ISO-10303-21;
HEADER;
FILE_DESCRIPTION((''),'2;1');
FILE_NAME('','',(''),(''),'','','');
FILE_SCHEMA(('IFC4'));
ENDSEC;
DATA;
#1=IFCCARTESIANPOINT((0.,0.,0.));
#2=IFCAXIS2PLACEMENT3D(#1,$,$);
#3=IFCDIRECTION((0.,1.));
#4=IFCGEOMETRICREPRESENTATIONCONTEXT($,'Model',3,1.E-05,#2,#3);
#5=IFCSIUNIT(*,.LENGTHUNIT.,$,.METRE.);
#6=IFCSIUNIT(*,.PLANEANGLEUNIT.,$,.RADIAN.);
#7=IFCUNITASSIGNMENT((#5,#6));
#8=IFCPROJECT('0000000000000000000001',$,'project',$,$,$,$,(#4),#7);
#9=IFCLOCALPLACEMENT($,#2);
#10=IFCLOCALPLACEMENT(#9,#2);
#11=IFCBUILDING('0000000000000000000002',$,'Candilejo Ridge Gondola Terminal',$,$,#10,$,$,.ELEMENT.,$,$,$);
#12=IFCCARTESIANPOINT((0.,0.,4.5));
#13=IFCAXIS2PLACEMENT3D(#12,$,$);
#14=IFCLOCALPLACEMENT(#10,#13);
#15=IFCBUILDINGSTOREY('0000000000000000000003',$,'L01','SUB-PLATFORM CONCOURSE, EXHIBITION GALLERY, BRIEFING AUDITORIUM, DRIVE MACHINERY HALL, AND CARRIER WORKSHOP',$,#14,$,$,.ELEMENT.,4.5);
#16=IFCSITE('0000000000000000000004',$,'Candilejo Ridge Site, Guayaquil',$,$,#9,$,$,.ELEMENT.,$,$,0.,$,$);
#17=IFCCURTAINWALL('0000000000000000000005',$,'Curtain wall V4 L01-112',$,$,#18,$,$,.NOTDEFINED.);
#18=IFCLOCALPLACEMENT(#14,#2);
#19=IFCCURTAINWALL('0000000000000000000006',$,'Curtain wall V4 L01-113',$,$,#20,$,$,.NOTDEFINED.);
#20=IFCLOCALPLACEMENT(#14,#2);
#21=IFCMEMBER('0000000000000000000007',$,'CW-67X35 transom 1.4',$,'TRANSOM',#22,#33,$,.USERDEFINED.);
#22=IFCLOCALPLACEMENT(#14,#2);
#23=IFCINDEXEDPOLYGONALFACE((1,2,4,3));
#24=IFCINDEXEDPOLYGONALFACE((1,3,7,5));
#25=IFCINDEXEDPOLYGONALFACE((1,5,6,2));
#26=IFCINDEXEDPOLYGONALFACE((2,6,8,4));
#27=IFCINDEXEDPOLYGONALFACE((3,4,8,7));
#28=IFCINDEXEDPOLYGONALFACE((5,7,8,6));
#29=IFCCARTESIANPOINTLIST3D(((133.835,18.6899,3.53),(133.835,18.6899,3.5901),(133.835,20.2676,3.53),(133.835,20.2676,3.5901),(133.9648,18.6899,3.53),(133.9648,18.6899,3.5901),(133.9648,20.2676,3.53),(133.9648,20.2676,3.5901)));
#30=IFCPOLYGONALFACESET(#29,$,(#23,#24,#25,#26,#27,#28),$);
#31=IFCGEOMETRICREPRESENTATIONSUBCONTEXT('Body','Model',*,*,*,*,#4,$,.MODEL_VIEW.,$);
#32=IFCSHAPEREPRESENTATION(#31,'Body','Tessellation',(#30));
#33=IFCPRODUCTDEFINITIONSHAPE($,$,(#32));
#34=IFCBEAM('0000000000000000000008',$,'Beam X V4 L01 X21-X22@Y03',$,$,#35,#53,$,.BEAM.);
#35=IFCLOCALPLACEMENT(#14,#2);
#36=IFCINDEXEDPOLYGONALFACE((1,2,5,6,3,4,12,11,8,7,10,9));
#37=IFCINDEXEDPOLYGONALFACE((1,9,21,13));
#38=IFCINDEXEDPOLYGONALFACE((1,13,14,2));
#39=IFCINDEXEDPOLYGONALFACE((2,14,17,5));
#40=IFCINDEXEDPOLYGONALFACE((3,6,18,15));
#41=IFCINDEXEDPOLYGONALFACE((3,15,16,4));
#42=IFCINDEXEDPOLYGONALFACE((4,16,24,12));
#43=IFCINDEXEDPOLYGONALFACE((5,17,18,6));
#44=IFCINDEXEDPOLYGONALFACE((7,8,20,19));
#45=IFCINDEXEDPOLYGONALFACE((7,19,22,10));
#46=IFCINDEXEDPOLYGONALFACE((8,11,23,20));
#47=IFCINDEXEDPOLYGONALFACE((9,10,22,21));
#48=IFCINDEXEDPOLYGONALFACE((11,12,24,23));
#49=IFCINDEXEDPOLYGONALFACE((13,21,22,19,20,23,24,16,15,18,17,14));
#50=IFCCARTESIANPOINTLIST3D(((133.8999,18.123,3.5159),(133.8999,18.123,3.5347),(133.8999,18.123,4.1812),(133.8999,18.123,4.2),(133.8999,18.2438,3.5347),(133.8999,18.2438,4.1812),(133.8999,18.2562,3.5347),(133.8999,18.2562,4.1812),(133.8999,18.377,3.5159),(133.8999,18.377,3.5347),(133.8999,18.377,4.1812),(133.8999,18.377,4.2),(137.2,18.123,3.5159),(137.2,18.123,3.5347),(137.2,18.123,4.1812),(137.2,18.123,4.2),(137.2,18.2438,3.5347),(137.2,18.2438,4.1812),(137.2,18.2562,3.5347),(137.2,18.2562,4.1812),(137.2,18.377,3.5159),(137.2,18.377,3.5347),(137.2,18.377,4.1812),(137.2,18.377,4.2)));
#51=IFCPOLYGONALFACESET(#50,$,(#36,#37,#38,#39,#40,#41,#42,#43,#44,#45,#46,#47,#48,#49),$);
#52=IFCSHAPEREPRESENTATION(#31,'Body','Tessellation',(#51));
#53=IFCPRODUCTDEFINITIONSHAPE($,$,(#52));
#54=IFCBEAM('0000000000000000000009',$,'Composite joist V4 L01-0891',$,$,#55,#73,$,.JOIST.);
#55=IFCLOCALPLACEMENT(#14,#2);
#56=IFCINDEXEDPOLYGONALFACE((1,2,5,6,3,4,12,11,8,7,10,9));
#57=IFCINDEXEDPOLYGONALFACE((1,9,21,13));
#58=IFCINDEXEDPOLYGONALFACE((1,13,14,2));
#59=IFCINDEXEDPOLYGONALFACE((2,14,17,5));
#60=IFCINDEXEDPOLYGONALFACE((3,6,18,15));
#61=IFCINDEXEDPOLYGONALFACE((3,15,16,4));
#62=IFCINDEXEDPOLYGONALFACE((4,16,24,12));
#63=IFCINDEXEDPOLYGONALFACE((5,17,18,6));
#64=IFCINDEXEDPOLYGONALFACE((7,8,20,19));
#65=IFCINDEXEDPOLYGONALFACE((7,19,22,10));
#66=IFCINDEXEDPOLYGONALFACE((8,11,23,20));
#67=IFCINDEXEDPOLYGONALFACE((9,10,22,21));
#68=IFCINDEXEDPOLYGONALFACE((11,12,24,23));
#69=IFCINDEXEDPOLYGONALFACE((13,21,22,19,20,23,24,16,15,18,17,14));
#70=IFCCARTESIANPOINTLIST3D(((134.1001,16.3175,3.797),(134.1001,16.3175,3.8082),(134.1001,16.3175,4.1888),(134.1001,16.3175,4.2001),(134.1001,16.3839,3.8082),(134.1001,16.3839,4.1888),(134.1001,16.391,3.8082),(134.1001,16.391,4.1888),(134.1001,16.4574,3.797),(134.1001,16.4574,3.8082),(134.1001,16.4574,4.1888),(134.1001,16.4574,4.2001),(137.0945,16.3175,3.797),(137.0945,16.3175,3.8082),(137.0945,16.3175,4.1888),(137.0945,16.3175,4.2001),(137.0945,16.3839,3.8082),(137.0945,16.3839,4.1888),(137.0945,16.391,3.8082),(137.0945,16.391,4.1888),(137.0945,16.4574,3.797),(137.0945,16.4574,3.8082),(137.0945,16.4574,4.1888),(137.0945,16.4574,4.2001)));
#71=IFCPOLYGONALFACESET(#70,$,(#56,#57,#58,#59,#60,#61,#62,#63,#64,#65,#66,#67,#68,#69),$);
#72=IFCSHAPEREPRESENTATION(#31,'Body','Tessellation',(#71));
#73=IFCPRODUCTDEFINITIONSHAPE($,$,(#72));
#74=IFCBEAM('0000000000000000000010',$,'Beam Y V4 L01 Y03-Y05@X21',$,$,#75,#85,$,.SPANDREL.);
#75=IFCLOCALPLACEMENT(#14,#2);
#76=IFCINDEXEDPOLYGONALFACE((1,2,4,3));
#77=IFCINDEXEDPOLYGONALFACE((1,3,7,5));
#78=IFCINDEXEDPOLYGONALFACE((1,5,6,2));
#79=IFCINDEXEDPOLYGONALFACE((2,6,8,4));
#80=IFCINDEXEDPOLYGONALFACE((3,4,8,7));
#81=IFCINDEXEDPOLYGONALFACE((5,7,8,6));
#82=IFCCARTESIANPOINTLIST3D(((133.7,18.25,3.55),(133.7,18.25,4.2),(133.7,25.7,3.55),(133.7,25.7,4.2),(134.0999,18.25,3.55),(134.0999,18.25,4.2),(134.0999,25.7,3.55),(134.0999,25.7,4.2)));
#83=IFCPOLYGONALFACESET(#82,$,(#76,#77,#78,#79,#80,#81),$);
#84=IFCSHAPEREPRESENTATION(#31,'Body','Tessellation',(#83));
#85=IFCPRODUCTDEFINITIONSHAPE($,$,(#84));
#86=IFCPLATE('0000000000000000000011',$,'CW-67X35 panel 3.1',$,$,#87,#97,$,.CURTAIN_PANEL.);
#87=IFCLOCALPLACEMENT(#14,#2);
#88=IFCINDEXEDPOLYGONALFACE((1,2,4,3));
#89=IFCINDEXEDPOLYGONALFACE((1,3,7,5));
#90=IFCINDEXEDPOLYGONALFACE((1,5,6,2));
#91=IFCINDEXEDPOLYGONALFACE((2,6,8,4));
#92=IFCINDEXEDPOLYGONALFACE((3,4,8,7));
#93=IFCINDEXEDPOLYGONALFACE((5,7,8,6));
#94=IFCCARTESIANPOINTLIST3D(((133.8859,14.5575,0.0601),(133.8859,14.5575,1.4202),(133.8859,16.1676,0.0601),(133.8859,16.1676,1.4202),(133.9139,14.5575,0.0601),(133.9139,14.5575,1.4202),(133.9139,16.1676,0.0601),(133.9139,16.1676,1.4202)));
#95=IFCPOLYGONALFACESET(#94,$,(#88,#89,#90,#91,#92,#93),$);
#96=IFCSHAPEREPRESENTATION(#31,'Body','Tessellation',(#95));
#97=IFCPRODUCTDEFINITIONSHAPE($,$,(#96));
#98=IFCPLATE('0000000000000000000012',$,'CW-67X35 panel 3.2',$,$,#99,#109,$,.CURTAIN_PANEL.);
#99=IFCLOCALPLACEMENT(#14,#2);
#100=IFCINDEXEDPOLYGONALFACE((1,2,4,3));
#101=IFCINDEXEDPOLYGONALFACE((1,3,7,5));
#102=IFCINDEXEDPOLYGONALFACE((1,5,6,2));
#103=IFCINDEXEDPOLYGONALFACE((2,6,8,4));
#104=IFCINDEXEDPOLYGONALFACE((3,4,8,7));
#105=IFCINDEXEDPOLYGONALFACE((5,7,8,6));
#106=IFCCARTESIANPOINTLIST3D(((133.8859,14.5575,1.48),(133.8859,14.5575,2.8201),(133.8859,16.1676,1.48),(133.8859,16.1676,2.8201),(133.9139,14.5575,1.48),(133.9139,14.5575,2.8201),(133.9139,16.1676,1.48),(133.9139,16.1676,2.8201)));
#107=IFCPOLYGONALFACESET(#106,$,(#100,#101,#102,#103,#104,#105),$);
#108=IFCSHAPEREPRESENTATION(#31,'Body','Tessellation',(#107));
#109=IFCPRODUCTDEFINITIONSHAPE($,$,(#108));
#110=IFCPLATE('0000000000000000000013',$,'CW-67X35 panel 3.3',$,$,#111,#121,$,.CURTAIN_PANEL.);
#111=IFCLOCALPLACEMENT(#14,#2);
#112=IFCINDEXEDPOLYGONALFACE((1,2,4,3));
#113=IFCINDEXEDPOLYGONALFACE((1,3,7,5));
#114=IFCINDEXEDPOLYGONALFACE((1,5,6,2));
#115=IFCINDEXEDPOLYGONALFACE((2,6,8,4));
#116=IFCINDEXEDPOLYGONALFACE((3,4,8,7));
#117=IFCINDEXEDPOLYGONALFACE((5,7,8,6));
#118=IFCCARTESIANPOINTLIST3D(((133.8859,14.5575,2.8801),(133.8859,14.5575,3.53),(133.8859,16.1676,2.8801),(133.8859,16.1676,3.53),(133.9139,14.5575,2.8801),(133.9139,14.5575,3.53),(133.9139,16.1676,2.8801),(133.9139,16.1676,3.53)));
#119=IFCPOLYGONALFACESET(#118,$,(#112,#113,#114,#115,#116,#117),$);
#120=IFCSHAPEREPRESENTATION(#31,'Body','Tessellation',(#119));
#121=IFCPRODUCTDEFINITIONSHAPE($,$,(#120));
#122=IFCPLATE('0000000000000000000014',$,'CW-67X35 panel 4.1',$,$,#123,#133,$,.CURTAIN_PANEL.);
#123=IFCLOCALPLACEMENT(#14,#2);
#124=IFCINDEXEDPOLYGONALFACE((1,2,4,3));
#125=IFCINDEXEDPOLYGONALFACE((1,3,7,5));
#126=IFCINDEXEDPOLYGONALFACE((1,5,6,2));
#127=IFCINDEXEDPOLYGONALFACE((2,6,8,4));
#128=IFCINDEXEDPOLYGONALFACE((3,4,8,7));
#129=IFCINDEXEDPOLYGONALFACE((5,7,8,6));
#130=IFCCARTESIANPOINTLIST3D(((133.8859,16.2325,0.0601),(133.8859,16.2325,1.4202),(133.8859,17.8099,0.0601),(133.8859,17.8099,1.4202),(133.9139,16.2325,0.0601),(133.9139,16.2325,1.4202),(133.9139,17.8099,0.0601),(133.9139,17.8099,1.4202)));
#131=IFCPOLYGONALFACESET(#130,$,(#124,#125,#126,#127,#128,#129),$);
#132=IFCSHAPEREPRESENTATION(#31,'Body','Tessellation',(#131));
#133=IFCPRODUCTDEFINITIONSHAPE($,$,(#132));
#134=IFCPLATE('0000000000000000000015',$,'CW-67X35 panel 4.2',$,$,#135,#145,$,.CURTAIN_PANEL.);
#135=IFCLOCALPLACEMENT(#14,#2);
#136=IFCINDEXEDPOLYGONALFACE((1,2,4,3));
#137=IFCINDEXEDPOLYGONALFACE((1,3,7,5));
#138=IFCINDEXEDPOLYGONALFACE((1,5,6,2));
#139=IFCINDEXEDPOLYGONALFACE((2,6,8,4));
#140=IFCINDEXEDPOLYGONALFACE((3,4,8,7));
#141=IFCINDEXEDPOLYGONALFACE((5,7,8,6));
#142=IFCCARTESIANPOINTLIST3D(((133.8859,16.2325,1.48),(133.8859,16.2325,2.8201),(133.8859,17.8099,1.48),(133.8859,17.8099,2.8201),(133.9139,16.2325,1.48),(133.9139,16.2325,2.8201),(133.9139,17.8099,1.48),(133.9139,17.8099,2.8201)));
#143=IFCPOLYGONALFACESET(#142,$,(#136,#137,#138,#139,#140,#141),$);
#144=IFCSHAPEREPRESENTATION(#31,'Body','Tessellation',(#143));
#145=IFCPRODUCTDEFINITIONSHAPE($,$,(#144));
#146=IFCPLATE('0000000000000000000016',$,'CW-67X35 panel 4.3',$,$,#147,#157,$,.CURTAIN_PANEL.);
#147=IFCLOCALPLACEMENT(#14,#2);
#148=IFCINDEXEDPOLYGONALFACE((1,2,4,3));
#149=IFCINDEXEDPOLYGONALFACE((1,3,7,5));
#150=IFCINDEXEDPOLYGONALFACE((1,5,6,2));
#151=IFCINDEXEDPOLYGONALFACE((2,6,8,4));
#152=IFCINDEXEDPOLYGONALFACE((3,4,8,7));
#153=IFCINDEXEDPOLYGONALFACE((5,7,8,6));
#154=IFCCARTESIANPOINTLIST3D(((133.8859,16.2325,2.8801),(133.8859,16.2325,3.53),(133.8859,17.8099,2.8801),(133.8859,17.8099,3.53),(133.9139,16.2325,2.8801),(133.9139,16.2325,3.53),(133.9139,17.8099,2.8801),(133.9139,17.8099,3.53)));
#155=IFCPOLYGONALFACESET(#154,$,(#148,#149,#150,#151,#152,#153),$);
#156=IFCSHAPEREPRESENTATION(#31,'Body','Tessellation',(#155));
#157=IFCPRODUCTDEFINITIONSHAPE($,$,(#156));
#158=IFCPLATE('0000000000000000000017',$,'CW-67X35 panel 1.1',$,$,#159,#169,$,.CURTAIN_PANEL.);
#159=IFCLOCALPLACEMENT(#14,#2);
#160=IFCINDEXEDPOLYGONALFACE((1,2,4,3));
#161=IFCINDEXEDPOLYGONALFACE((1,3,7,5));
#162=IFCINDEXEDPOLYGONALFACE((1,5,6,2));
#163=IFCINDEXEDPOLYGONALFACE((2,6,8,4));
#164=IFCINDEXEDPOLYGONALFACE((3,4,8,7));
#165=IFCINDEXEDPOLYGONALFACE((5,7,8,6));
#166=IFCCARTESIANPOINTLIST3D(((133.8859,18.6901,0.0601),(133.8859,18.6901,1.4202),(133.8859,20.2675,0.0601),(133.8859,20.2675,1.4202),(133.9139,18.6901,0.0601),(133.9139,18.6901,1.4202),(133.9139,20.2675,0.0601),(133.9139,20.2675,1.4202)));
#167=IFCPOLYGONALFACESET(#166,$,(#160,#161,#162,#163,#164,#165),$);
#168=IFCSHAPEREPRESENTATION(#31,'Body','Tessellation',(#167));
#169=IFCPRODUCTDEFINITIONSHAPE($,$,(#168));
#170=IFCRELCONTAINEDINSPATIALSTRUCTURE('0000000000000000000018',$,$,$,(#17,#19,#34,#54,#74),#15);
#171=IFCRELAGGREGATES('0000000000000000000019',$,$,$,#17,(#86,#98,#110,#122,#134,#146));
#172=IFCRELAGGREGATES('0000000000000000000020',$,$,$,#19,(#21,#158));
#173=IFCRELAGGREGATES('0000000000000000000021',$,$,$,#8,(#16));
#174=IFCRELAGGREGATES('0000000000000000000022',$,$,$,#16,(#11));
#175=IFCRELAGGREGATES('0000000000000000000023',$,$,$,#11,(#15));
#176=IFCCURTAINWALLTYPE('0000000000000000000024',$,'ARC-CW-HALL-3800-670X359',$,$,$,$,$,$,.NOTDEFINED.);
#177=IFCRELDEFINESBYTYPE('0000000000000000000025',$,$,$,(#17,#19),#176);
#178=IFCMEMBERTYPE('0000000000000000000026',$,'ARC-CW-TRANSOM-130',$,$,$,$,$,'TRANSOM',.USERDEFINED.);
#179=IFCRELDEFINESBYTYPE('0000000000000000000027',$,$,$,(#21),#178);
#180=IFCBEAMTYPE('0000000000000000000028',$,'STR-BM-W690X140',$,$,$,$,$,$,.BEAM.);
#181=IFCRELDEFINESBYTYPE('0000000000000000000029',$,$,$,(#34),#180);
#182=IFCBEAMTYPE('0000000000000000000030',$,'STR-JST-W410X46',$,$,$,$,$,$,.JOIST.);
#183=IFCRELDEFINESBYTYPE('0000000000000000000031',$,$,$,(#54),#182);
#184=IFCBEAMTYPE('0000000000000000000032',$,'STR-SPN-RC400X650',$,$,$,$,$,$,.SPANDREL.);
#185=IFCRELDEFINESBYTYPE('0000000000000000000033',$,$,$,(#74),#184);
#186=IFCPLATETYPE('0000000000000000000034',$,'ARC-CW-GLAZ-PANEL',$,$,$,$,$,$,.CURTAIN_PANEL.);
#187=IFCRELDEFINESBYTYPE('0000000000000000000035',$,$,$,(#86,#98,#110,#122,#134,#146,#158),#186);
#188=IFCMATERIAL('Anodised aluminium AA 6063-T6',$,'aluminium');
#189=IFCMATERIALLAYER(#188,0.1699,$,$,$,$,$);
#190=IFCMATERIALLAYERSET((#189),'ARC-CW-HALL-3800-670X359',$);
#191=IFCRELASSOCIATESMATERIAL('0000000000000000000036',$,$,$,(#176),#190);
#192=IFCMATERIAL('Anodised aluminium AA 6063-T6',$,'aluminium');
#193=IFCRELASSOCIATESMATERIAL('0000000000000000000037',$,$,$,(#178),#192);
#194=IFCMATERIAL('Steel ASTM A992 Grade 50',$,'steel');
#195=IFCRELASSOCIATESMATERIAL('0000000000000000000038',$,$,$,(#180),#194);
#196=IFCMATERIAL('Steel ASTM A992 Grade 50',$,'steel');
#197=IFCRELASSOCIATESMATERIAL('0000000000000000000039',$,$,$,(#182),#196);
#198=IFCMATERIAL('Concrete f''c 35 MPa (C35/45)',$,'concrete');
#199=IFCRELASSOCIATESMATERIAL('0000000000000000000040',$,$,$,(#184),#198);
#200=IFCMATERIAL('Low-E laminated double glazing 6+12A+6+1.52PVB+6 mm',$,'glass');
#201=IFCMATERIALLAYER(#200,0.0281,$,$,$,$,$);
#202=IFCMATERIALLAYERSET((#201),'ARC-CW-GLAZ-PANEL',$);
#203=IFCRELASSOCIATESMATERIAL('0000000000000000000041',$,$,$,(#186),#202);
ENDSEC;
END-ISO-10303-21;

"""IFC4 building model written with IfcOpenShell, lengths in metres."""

from ifc_helpers import new_model, si_unit, direction, frame, origin, origin_2d, place, context, subcontext, project, spatial, rectangle, i_section, extrude, material, layer, layer_set, material_profile, profile_set, type_object, element, aggregate, save


model = new_model("IFC4")

# Units and contexts
model_context = context("Model", 3, precision=1e-05, world=origin(), true_north=direction((0.0, 1.0)))
body_context = subcontext(model_context, "Body", "Model", "MODEL_VIEW")
ifc_project = project(units=[si_unit("LENGTHUNIT", "METRE"), si_unit("PLANEANGLEUNIT", "RADIAN")], contexts=[model_context])

# Site, building, storey
site_placement = place(None, origin())
site = spatial("IfcSite", under=ifc_project, at=site_placement, Name="Candilejo Ridge Site, Guayaquil", CompositionType="ELEMENT", RefElevation=0.0)
building_placement = place(site_placement, origin())
building = spatial("IfcBuilding", under=site, at=building_placement, Name="Candilejo Ridge Gondola Terminal", CompositionType="ELEMENT")
storey_placement = place(building_placement, frame((0.0, 0.0, 4.5)))
storey = spatial("IfcBuildingStorey", under=building, at=storey_placement, Name="L01", Description="SUB-PLATFORM CONCOURSE, EXHIBITION GALLERY, BRIEFING AUDITORIUM, DRIVE MACHINERY HALL, AND CARRIER WORKSHOP", CompositionType="ELEMENT", Elevation=4.5)

# Curtain wall
ifc_material_1 = material(Name="Anodised aluminium AA 6063-T6", Category="aluminium")
ifc_layer_1 = layer(ifc_material_1, 0.1699)
ifc_layer_set_1 = layer_set([ifc_layer_1], Name="ARC-CW-HALL-3800-670X359")
curtain_wall_type = type_object("IfcCurtainWallType", Name="ARC-CW-HALL-3800-670X359", PredefinedType="NOTDEFINED", material=ifc_layer_set_1)
curtain_wall_1_placement = place(storey_placement, origin())
curtain_wall_1 = element("IfcCurtainWall", 1, at=curtain_wall_1_placement, inside=storey, type_object=curtain_wall_type, Name="Curtain wall V4 L01-112", PredefinedType="NOTDEFINED")

# Curtain wall
curtain_wall_2_placement = place(storey_placement, origin())
curtain_wall_2 = element("IfcCurtainWall", 2, at=curtain_wall_2_placement, inside=storey, type_object=curtain_wall_type, Name="Curtain wall V4 L01-113", PredefinedType="NOTDEFINED")

# Member
ifc_material_2 = material(Name="Anodised aluminium AA 6063-T6", Category="aluminium")
ifc_material_profile_1 = material_profile(ifc_material_2, rectangle(XDim=0.1299, YDim=0.0601, at=origin_2d()))
ifc_profile_set_1 = profile_set([ifc_material_profile_1], Name="Anodised aluminium AA 6063-T6")
member_type_1 = type_object("IfcMemberType", Name="ARC-CW-TRANSOM-130", ElementType="TRANSOM", PredefinedType="USERDEFINED", material=ifc_profile_set_1)
member_1_placement = place(storey_placement, frame((133.8999, 18.6899, 3.5601), z_axis=(0.0, 1.0, 0.0), x_axis=(-1.0, 0.0, 0.0)))
member_1 = element("IfcMember", 3, at=member_1_placement, type_object=member_type_1, Name="CW-67X35 transom 1.4", ObjectType="TRANSOM", PredefinedType="USERDEFINED", context=body_context, shape_type="SweptSolid", body=[
    extrude(rectangle(XDim=0.1299, YDim=0.0601, at=origin_2d()), origin(), (0.0, 0.0, 1.0), 1.5776),
])

# Beams
ifc_material_3 = material(Name="Steel ASTM A992 Grade 50", Category="steel")
ifc_material_profile_2 = material_profile(ifc_material_3, i_section(OverallWidth=0.2539, OverallDepth=0.6841, WebThickness=0.0125, FlangeThickness=0.0188, at=origin_2d()))
ifc_profile_set_2 = profile_set([ifc_material_profile_2], Name="Steel ASTM A992 Grade 50")
beam_type_1 = type_object("IfcBeamType", Name="STR-BM-W690X140", PredefinedType="BEAM", material=ifc_profile_set_2)
beam_1_placement = place(storey_placement, frame((133.8999, 18.25, 3.8579), z_axis=(1.0, 0.0, 0.0), x_axis=(0.0, 1.0, 0.0)))
element("IfcBeam", 4, at=beam_1_placement, inside=storey, type_object=beam_type_1, Name="Beam X V4 L01 X21-X22@Y03", PredefinedType="BEAM", context=body_context, shape_type="SweptSolid", body=[
    extrude(i_section(OverallWidth=0.2539, OverallDepth=0.6841, WebThickness=0.0125, FlangeThickness=0.0188, at=origin_2d()), origin(), (0.0, 0.0, 1.0), 3.3),
])
ifc_material_4 = material(Name="Steel ASTM A992 Grade 50", Category="steel")
ifc_material_profile_3 = material_profile(ifc_material_4, i_section(OverallWidth=0.1399, OverallDepth=0.4031, WebThickness=0.0071, FlangeThickness=0.0112, at=origin_2d()))
ifc_profile_set_3 = profile_set([ifc_material_profile_3], Name="Steel ASTM A992 Grade 50")
beam_type_2 = type_object("IfcBeamType", Name="STR-JST-W410X46", PredefinedType="JOIST", material=ifc_profile_set_3)
beam_2_placement = place(storey_placement, frame((134.1001, 16.3875, 3.9985), z_axis=(1.0, 0.0, 0.0), x_axis=(0.0, 1.0, 0.0)))
element("IfcBeam", 5, at=beam_2_placement, inside=storey, type_object=beam_type_2, Name="Composite joist V4 L01-0891", PredefinedType="JOIST", context=body_context, shape_type="SweptSolid", body=[
    extrude(i_section(OverallWidth=0.1399, OverallDepth=0.4031, WebThickness=0.0071, FlangeThickness=0.0112, at=origin_2d()), origin(), (0.0, 0.0, 1.0), 2.9944),
])
ifc_material_5 = material(Name="Concrete f'c 35 MPa (C35/45)", Category="concrete")
ifc_material_profile_4 = material_profile(ifc_material_5, rectangle(XDim=0.3999, YDim=0.6499, at=origin_2d()))
ifc_profile_set_4 = profile_set([ifc_material_profile_4], Name="Concrete f'c 35 MPa (C35/45)")
beam_type_3 = type_object("IfcBeamType", Name="STR-SPN-RC400X650", PredefinedType="SPANDREL", material=ifc_profile_set_4)
beam_3_placement = place(storey_placement, frame((133.8999, 18.25, 3.875), z_axis=(0.0, 1.0, 0.0), x_axis=(-1.0, 0.0, 0.0)))
element("IfcBeam", 6, at=beam_3_placement, inside=storey, type_object=beam_type_3, Name="Beam Y V4 L01 Y03-Y05@X21", PredefinedType="SPANDREL", context=body_context, shape_type="SweptSolid", body=[
    extrude(rectangle(XDim=0.3999, YDim=0.6499, at=origin_2d()), origin(), (0.0, 0.0, 1.0), 7.45),
])

# Plates
ifc_material_6 = material(Name="Low-E laminated double glazing 6+12A+6+1.52PVB+6 mm", Category="glass")
ifc_layer_2 = layer(ifc_material_6, 0.0281)
ifc_layer_set_2 = layer_set([ifc_layer_2], Name="ARC-CW-GLAZ-PANEL")
plate_type = type_object("IfcPlateType", Name="ARC-CW-GLAZ-PANEL", PredefinedType="CURTAIN_PANEL", material=ifc_layer_set_2)
plate_1_placement = place(storey_placement, frame((133.8999, 15.3625, 0.0601), z_axis=(0.0, 0.0, 1.0), x_axis=(0.0, 1.0, 0.0)))
plate_1 = element("IfcPlate", 7, at=plate_1_placement, type_object=plate_type, Name="CW-67X35 panel 3.1", PredefinedType="CURTAIN_PANEL", context=body_context, shape_type="SweptSolid", body=[
    extrude(rectangle(XDim=1.6101, YDim=0.0281, at=origin_2d()), origin(), (0.0, 0.0, 1.0), 1.3601),
])
plate_2_placement = place(storey_placement, frame((133.8999, 15.3625, 1.48), z_axis=(0.0, 0.0, 1.0), x_axis=(0.0, 1.0, 0.0)))
plate_2 = element("IfcPlate", 8, at=plate_2_placement, type_object=plate_type, Name="CW-67X35 panel 3.2", PredefinedType="CURTAIN_PANEL", context=body_context, shape_type="SweptSolid", body=[
    extrude(rectangle(XDim=1.6101, YDim=0.0281, at=origin_2d()), origin(), (0.0, 0.0, 1.0), 1.3401),
])
plate_3_placement = place(storey_placement, frame((133.8999, 15.3625, 2.8801), z_axis=(0.0, 0.0, 1.0), x_axis=(0.0, 1.0, 0.0)))
plate_3 = element("IfcPlate", 9, at=plate_3_placement, type_object=plate_type, Name="CW-67X35 panel 3.3", PredefinedType="CURTAIN_PANEL", context=body_context, shape_type="SweptSolid", body=[
    extrude(rectangle(XDim=1.6101, YDim=0.0281, at=origin_2d()), origin(), (0.0, 0.0, 1.0), 0.6499),
])
plate_4_placement = place(storey_placement, frame((133.8999, 17.0212, 0.0601), z_axis=(0.0, 0.0, 1.0), x_axis=(0.0, 1.0, 0.0)))
plate_4 = element("IfcPlate", 10, at=plate_4_placement, type_object=plate_type, Name="CW-67X35 panel 4.1", PredefinedType="CURTAIN_PANEL", context=body_context, shape_type="SweptSolid", body=[
    extrude(rectangle(XDim=1.5774, YDim=0.0281, at=origin_2d()), origin(), (0.0, 0.0, 1.0), 1.3601),
])
plate_5_placement = place(storey_placement, frame((133.8999, 17.0212, 1.48), z_axis=(0.0, 0.0, 1.0), x_axis=(0.0, 1.0, 0.0)))
plate_5 = element("IfcPlate", 11, at=plate_5_placement, type_object=plate_type, Name="CW-67X35 panel 4.2", PredefinedType="CURTAIN_PANEL", context=body_context, shape_type="SweptSolid", body=[
    extrude(rectangle(XDim=1.5774, YDim=0.0281, at=origin_2d()), origin(), (0.0, 0.0, 1.0), 1.3401),
])
plate_6_placement = place(storey_placement, frame((133.8999, 17.0212, 2.8801), z_axis=(0.0, 0.0, 1.0), x_axis=(0.0, 1.0, 0.0)))
plate_6 = element("IfcPlate", 12, at=plate_6_placement, type_object=plate_type, Name="CW-67X35 panel 4.3", PredefinedType="CURTAIN_PANEL", context=body_context, shape_type="SweptSolid", body=[
    extrude(rectangle(XDim=1.5774, YDim=0.0281, at=origin_2d()), origin(), (0.0, 0.0, 1.0), 0.6499),
])
aggregate(curtain_wall_1, [plate_1, plate_2, plate_3, plate_4, plate_5, plate_6])
plate_7_placement = place(storey_placement, frame((133.8999, 19.4788, 0.0601), z_axis=(0.0, 0.0, 1.0), x_axis=(0.0, 1.0, 0.0)))
plate_7 = element("IfcPlate", 13, at=plate_7_placement, type_object=plate_type, Name="CW-67X35 panel 1.1", PredefinedType="CURTAIN_PANEL", context=body_context, shape_type="SweptSolid", body=[
    extrude(rectangle(XDim=1.5774, YDim=0.0281, at=origin_2d()), origin(), (0.0, 0.0, 1.0), 1.3601),
])
aggregate(curtain_wall_2, [member_1, plate_7])

save(model, "model.ifc")
